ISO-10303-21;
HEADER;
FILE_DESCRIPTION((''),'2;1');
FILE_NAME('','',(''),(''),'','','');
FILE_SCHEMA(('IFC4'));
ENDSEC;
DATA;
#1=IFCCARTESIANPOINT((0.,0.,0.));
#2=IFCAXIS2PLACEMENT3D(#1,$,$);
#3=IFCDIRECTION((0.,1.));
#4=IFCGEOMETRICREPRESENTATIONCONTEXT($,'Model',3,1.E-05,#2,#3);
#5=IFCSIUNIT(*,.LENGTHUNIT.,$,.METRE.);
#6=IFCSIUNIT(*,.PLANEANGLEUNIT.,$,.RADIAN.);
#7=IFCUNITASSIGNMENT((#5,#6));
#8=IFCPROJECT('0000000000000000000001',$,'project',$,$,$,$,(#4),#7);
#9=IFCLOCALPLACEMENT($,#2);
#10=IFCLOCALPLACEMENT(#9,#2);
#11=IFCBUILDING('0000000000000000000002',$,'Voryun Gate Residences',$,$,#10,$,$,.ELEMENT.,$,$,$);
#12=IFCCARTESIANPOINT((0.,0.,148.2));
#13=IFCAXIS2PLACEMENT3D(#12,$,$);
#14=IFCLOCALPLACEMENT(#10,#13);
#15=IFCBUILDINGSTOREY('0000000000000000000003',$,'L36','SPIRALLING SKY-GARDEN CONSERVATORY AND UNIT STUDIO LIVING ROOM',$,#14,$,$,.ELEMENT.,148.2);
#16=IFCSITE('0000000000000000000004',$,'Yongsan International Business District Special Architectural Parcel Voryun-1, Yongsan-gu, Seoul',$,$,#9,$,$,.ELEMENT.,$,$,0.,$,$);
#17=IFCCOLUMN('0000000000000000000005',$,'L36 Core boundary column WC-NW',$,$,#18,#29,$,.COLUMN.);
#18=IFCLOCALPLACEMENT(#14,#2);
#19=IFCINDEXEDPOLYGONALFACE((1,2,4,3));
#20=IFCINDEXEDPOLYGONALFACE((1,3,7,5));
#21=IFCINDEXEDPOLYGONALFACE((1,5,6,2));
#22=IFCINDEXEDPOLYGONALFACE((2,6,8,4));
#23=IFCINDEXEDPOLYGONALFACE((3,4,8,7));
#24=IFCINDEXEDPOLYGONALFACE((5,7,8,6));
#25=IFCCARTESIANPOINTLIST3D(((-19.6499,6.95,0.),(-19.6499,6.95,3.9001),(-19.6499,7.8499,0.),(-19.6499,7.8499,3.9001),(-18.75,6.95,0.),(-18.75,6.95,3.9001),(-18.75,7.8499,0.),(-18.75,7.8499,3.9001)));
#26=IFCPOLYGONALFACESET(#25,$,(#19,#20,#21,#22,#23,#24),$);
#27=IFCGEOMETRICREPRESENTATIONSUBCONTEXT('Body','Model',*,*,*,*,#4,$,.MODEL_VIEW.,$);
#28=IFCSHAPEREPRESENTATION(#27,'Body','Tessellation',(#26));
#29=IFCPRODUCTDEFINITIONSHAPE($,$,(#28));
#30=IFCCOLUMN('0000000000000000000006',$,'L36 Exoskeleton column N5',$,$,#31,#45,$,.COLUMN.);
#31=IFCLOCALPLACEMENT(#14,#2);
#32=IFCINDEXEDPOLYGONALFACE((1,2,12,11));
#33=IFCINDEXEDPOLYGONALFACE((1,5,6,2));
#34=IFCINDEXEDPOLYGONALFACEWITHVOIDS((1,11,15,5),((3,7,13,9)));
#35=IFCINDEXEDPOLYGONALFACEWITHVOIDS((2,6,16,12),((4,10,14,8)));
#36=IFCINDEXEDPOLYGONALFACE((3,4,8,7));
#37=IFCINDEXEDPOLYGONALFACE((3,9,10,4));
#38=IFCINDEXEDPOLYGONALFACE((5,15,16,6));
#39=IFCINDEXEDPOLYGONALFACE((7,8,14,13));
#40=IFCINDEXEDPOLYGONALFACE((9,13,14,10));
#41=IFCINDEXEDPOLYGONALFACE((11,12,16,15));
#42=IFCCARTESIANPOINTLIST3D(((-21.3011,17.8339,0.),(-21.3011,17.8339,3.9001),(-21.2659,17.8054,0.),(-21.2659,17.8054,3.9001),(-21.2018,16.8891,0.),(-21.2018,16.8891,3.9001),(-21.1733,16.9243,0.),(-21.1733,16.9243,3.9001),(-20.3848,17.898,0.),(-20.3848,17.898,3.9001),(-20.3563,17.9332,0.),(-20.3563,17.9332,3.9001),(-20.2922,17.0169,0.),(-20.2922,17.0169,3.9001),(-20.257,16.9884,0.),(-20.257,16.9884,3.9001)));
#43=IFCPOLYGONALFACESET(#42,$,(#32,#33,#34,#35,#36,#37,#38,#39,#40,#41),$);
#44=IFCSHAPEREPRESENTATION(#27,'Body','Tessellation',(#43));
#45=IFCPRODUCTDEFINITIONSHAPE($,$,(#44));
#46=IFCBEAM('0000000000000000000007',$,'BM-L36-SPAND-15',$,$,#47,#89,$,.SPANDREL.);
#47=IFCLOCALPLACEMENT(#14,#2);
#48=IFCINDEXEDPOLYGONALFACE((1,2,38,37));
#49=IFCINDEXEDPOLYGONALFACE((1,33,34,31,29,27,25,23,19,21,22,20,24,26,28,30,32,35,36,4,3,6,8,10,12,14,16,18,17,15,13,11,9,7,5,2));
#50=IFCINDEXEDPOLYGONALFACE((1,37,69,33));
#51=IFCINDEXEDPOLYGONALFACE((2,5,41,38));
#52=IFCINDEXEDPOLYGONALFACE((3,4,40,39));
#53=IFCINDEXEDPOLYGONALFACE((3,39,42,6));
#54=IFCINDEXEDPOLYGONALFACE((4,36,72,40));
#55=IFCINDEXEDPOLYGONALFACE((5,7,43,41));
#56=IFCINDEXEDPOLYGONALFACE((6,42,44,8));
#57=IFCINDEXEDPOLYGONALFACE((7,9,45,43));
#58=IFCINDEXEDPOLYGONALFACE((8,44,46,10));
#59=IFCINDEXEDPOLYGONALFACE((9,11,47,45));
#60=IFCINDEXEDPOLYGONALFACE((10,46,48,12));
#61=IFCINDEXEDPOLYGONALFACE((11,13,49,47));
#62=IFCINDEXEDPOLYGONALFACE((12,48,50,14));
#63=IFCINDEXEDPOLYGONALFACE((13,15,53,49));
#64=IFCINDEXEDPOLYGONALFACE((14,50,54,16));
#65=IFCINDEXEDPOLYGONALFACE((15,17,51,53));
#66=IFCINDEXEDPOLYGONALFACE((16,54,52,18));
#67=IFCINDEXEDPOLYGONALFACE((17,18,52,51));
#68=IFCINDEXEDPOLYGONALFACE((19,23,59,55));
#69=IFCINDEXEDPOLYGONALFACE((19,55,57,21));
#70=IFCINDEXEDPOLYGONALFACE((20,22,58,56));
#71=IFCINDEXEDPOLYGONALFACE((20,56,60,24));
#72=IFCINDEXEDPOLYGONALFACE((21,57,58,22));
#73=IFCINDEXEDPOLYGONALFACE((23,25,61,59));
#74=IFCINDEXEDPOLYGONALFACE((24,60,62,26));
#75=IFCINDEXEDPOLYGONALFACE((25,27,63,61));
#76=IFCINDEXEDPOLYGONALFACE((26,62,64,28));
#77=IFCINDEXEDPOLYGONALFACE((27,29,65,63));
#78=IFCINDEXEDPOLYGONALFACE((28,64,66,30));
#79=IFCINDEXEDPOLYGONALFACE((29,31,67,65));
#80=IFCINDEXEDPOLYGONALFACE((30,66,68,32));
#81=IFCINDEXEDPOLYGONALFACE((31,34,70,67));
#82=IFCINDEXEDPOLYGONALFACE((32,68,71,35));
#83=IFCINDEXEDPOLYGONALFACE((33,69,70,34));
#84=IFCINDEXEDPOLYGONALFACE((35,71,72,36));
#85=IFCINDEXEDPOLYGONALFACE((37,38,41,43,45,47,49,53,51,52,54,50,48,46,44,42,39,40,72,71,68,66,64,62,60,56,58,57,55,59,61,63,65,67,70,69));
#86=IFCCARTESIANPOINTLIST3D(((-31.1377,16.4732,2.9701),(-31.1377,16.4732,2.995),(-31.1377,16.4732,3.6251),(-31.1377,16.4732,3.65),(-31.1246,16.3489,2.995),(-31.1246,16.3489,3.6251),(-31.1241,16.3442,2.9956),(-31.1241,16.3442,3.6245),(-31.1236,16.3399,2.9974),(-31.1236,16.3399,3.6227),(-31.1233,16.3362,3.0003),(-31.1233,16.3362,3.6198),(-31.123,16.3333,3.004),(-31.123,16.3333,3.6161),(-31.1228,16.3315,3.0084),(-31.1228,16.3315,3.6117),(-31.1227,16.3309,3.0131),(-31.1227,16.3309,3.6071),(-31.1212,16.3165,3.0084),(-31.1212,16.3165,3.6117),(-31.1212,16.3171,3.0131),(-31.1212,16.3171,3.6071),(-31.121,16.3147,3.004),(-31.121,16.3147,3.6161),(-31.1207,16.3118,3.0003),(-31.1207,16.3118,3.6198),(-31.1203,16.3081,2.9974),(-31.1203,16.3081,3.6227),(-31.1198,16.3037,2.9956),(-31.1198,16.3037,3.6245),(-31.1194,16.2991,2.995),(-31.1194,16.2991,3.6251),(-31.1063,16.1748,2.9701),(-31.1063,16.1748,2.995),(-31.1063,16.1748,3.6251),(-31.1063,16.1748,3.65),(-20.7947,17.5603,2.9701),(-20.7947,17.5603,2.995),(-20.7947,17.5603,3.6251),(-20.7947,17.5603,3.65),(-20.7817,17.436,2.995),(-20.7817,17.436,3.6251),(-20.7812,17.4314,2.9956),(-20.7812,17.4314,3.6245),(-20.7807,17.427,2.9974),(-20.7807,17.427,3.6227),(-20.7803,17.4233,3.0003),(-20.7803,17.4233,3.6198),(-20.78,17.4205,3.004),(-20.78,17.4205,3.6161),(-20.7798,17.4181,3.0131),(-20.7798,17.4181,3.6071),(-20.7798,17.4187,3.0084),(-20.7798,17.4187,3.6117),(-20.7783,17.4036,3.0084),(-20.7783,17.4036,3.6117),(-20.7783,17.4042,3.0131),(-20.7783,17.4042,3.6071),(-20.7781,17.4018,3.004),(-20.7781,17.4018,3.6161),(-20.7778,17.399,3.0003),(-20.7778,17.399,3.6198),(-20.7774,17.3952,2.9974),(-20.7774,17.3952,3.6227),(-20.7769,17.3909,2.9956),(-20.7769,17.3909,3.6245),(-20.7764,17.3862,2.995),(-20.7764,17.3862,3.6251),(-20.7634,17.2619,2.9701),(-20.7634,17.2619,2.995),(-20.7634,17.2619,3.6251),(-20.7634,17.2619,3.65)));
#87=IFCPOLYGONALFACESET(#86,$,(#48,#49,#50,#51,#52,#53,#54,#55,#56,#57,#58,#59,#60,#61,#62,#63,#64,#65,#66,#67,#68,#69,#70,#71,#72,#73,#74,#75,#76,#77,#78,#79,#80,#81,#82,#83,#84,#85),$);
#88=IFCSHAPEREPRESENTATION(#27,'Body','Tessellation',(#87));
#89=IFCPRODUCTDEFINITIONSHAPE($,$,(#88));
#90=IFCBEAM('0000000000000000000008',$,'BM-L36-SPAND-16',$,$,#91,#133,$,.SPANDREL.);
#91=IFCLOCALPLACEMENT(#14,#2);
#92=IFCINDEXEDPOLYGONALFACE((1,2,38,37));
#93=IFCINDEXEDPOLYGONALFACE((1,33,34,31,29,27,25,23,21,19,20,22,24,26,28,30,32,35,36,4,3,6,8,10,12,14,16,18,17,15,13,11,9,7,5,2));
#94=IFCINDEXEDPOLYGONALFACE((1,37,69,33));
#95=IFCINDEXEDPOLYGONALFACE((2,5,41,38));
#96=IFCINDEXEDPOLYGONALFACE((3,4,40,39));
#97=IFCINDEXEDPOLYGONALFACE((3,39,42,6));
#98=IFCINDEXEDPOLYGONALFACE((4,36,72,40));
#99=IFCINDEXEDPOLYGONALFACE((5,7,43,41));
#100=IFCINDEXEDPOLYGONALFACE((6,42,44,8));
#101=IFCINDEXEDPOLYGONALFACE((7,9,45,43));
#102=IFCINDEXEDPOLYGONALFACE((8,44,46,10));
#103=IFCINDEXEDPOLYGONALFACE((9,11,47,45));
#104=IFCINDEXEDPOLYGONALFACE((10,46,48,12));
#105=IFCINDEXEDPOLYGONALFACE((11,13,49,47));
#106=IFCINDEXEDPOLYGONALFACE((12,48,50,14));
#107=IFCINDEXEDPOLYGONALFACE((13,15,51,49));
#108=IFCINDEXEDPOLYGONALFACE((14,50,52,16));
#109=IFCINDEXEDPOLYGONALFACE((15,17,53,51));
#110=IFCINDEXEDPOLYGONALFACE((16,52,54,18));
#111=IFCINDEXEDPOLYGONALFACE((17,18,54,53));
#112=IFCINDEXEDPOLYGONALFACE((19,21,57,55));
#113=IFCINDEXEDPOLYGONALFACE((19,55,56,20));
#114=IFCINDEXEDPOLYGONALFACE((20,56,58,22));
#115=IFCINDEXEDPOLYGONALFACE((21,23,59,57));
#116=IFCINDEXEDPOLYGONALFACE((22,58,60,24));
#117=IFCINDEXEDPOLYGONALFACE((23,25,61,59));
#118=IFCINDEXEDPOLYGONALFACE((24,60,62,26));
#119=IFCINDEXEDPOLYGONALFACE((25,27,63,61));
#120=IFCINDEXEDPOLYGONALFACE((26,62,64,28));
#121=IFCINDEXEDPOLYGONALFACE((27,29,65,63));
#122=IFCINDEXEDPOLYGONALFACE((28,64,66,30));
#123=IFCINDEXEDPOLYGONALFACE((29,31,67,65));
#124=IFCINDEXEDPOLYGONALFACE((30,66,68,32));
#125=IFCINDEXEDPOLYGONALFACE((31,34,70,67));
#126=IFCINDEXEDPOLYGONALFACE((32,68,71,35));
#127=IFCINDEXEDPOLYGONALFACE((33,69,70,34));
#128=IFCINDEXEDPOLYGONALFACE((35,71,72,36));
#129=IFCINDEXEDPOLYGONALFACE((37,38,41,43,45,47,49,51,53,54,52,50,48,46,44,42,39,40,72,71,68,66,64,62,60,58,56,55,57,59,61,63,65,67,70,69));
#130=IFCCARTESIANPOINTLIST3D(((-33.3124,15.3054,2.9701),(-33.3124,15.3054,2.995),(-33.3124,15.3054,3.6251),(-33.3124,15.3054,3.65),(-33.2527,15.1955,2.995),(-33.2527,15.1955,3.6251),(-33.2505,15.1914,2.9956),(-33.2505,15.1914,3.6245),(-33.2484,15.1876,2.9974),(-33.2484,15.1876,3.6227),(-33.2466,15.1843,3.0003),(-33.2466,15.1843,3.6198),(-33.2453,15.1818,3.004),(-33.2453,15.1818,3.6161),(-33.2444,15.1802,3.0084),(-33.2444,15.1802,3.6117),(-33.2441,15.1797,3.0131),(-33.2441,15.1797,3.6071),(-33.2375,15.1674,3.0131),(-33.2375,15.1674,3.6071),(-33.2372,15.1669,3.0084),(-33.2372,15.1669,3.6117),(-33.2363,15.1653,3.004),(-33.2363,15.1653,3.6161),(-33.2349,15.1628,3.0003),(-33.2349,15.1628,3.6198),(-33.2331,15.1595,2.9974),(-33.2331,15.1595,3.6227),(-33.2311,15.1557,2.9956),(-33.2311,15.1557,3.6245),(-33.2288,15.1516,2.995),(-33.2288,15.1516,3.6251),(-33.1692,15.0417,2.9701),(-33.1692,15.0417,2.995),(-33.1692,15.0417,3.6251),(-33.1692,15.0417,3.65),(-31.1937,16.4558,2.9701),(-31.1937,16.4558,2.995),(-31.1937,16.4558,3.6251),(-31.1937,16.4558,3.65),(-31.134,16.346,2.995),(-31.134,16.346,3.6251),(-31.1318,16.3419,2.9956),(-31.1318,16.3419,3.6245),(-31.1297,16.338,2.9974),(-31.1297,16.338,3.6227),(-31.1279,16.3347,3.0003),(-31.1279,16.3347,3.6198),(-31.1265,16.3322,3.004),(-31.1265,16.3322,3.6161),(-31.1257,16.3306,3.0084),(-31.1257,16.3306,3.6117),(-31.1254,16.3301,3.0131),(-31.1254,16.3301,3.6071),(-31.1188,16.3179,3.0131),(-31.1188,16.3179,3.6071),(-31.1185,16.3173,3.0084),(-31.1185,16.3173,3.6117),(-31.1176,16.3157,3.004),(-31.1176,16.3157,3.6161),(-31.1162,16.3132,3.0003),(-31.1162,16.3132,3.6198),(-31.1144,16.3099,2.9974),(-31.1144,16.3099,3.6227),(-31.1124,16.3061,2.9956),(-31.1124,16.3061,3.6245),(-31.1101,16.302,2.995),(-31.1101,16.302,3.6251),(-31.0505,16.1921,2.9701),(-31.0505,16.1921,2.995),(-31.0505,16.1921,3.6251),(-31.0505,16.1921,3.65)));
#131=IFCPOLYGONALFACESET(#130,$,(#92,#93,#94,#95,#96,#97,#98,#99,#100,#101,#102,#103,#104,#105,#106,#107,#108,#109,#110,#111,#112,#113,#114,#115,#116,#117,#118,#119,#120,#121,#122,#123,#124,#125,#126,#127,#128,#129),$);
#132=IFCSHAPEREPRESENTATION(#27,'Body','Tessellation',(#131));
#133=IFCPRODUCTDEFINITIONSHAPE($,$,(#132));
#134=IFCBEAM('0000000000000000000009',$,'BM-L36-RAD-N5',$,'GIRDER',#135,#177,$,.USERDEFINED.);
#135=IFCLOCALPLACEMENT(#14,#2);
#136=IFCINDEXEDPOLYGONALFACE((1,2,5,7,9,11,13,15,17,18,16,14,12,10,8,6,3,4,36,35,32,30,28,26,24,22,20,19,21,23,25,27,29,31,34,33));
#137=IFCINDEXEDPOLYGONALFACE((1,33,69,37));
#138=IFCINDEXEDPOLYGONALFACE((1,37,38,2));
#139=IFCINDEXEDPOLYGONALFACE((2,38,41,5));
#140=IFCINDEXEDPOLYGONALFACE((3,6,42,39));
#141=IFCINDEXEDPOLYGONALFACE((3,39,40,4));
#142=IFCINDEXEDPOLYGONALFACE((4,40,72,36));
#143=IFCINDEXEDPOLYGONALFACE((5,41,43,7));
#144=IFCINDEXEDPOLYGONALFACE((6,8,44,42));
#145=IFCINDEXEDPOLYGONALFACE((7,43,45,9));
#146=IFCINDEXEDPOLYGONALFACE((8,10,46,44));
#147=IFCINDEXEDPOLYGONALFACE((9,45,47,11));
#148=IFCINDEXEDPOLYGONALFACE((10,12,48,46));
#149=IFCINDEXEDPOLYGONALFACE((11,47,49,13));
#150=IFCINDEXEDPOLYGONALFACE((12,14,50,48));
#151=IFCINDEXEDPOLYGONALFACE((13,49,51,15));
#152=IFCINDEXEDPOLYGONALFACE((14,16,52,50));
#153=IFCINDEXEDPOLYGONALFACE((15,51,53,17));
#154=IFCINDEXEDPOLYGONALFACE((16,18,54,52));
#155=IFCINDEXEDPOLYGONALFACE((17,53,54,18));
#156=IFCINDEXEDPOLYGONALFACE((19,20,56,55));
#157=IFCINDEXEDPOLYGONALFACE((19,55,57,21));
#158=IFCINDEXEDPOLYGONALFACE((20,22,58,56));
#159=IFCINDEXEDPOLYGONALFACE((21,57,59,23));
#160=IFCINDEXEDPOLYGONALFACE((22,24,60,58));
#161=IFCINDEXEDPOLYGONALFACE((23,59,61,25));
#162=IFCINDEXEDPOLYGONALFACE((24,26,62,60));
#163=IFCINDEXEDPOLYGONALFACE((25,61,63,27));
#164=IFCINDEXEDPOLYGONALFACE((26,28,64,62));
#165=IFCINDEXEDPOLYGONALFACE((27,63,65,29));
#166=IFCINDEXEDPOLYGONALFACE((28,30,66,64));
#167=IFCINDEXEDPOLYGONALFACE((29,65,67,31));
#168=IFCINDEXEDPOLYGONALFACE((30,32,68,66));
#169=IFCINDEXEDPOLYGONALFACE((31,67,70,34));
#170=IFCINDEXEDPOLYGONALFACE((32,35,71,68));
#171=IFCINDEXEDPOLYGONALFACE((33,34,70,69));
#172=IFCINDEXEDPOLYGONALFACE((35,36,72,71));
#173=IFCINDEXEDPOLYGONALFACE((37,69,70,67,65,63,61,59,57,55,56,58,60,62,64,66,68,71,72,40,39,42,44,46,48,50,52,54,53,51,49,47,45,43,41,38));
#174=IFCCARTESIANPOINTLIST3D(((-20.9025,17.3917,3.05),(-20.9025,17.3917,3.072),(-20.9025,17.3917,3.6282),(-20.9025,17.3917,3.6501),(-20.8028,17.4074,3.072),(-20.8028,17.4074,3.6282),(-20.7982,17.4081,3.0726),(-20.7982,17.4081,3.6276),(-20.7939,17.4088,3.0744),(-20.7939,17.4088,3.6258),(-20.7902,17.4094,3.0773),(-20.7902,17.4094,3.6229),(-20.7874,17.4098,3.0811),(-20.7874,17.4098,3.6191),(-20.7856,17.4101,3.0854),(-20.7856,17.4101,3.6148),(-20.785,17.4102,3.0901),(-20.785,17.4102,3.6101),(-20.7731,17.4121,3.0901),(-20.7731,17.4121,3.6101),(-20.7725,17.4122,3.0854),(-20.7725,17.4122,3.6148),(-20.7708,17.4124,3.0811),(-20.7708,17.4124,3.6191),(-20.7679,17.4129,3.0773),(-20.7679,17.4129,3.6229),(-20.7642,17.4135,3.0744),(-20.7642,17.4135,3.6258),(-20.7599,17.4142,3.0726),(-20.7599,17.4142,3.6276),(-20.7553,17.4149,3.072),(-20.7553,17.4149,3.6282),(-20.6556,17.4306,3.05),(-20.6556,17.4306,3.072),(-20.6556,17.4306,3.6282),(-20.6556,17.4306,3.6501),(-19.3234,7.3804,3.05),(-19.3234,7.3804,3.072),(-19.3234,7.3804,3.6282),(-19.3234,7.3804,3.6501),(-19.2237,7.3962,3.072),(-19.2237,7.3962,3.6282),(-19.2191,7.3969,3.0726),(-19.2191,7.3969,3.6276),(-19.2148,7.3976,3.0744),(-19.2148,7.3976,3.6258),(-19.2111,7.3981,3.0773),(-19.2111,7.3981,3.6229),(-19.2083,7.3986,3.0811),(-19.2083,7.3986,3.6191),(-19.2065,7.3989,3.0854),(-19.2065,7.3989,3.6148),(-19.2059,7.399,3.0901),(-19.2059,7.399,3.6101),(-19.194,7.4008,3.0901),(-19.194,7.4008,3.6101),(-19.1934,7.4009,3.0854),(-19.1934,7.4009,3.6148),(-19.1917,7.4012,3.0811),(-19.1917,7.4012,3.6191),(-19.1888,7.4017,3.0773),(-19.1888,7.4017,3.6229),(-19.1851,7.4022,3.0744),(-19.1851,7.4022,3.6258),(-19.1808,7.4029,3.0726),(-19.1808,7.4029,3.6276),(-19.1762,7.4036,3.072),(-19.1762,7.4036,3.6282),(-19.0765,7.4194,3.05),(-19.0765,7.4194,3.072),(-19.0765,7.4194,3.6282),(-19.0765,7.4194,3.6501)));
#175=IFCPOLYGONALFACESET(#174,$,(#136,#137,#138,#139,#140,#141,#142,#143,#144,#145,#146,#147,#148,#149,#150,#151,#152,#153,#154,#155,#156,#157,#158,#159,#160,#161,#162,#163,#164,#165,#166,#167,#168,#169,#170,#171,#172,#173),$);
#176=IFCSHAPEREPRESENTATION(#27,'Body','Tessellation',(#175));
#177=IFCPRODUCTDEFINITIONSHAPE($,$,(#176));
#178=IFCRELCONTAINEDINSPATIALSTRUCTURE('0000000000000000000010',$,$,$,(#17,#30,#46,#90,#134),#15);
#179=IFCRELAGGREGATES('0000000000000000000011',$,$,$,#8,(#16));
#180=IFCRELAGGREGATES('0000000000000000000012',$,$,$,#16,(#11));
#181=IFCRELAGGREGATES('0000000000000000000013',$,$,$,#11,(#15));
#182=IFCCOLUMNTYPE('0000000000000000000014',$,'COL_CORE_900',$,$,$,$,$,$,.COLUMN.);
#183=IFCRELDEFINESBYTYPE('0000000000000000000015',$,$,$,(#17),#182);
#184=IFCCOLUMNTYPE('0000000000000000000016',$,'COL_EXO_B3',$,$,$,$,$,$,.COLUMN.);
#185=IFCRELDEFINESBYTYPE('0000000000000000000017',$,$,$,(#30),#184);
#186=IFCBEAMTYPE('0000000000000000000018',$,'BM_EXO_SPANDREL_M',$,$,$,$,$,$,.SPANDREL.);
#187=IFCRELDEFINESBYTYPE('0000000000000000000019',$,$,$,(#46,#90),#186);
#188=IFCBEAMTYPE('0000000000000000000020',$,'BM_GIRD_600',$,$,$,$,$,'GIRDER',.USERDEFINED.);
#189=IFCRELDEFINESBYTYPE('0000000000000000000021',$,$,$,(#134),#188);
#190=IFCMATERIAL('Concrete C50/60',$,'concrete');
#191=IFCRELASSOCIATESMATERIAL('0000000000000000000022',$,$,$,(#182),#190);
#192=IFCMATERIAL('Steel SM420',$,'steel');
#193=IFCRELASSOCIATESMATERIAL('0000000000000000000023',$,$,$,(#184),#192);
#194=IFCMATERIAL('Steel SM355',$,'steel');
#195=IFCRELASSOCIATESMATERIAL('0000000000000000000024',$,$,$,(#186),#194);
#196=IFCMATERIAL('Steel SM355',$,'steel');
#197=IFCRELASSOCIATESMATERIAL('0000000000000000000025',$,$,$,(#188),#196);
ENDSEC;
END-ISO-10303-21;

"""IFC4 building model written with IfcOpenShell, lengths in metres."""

from ifc_helpers import new_model, si_unit, direction, frame, origin, origin_2d, place, context, subcontext, project, spatial, rectangle, hollow_rectangle, i_section, extrude, material, material_profile, profile_set, type_object, element, save


model = new_model("IFC4")

# Units and contexts
model_context = context("Model", 3, precision=1e-05, world=origin(), true_north=direction((0.0, 1.0)))
body_context = subcontext(model_context, "Body", "Model", "MODEL_VIEW")
ifc_project = project(units=[si_unit("LENGTHUNIT", "METRE"), si_unit("PLANEANGLEUNIT", "RADIAN")], contexts=[model_context])

# Site, building, storey
site_placement = place(None, origin())
site = spatial("IfcSite", under=ifc_project, at=site_placement, Name="Yongsan International Business District Special Architectural Parcel Voryun-1, Yongsan-gu, Seoul", CompositionType="ELEMENT", RefElevation=0.0)
building_placement = place(site_placement, origin())
building = spatial("IfcBuilding", under=site, at=building_placement, Name="Voryun Gate Residences", CompositionType="ELEMENT")
storey_placement = place(building_placement, frame((0.0, 0.0, 148.2)))
storey = spatial("IfcBuildingStorey", under=building, at=storey_placement, Name="L36", Description="SPIRALLING SKY-GARDEN CONSERVATORY AND UNIT STUDIO LIVING ROOM", CompositionType="ELEMENT", Elevation=148.2)

# Columns
ifc_material_1 = material(Name="Concrete C50/60", Category="concrete")
ifc_material_profile_1 = material_profile(ifc_material_1, rectangle(XDim=0.8999, YDim=0.8999, at=origin_2d()), Name="RC-900x900")
ifc_profile_set_1 = profile_set([ifc_material_profile_1], Name="Concrete C50/60")
column_type_1 = type_object("IfcColumnType", Name="COL_CORE_900", PredefinedType="COLUMN", material=ifc_profile_set_1)
column_1_placement = place(storey_placement, frame((-19.2, 7.3999, 0.0), z_axis=(0.0, 0.0, 1.0), x_axis=(1.0, 0.0, 0.0)))
element("IfcColumn", 1, at=column_1_placement, inside=storey, type_object=column_type_1, Name="L36 Core boundary column WC-NW", PredefinedType="COLUMN", context=body_context, shape_type="SweptSolid", body=[
    extrude(rectangle(XDim=0.8999, YDim=0.8999, at=origin_2d()), origin(), (0.0, 0.0, 1.0), 3.9001),
])
ifc_material_2 = material(Name="Steel SM420", Category="steel")
ifc_material_profile_2 = material_profile(ifc_material_2, hollow_rectangle(XDim=0.95, YDim=0.95, WallThickness=0.032, at=origin_2d()), Name="BOX-950x950x32")
ifc_profile_set_2 = profile_set([ifc_material_profile_2], Name="Steel SM420")
column_type_2 = type_object("IfcColumnType", Name="COL_EXO_B3", PredefinedType="COLUMN", material=ifc_profile_set_2)
column_2_placement = place(storey_placement, frame((-20.7791, 17.4111, 0.0), z_axis=(0.0, 0.0, 1.0), x_axis=(0.994522, 0.104528, 0.0)))
element("IfcColumn", 2, at=column_2_placement, inside=storey, type_object=column_type_2, Name="L36 Exoskeleton column N5", PredefinedType="COLUMN", context=body_context, shape_type="SweptSolid", body=[
    extrude(hollow_rectangle(XDim=0.95, YDim=0.95, WallThickness=0.032, at=origin_2d()), origin(), (0.0, 0.0, 1.0), 3.9001),
])

# Beams
ifc_material_3 = material(Name="Steel SM355", Category="steel")
ifc_material_profile_3 = material_profile(ifc_material_3, i_section(OverallWidth=0.3, OverallDepth=0.6799, WebThickness=0.0139, FlangeThickness=0.0249, FilletRadius=0.0181, at=origin_2d()), Name="H-680x300x14x25")
ifc_profile_set_3 = profile_set([ifc_material_profile_3], Name="Steel SM355")
beam_type_1 = type_object("IfcBeamType", Name="BM_EXO_SPANDREL_M", PredefinedType="SPANDREL", material=ifc_profile_set_3)
beam_1_placement = place(storey_placement, frame((-20.7791, 17.4111, 3.3101), z_axis=(-0.994521, -0.104534, 0.0), x_axis=(0.104534, -0.994521, 0.0)))
element("IfcBeam", 3, at=beam_1_placement, inside=storey, type_object=beam_type_1, Name="BM-L36-SPAND-15", PredefinedType="SPANDREL", context=body_context, shape_type="SweptSolid", body=[
    extrude(i_section(OverallWidth=0.3, OverallDepth=0.6799, WebThickness=0.0139, FlangeThickness=0.0249, FilletRadius=0.0181, at=origin_2d()), origin(), (0.0, 0.0, 1.0), 10.3999),
])
beam_2_placement = place(storey_placement, frame((-31.1221, 16.324, 3.3101), z_axis=(-0.878807, -0.477177, 0.0), x_axis=(0.477177, -0.878807, 0.0)))
element("IfcBeam", 4, at=beam_2_placement, inside=storey, type_object=beam_type_1, Name="BM-L36-SPAND-16", PredefinedType="SPANDREL", context=body_context, shape_type="SweptSolid", body=[
    extrude(i_section(OverallWidth=0.3, OverallDepth=0.6799, WebThickness=0.0139, FlangeThickness=0.0249, FilletRadius=0.0181, at=origin_2d()), origin(), (0.0, 0.0, 1.0), 2.4109),
])
ifc_material_4 = material(Name="Steel SM355", Category="steel")
ifc_material_profile_4 = material_profile(ifc_material_4, i_section(OverallWidth=0.25, OverallDepth=0.6001, WebThickness=0.012, FlangeThickness=0.022, FilletRadius=0.0181, at=origin_2d()), Name="H-600x250x12x22")
ifc_profile_set_4 = profile_set([ifc_material_profile_4], Name="Steel SM355")
beam_type_2 = type_object("IfcBeamType", Name="BM_GIRD_600", ElementType="GIRDER", PredefinedType="USERDEFINED", material=ifc_profile_set_4)
beam_3_placement = place(storey_placement, frame((-19.2, 7.3999, 3.3501), z_axis=(-0.155807, 0.987788, 0.0), x_axis=(-0.987788, -0.155807, 0.0)))
element("IfcBeam", 5, at=beam_3_placement, inside=storey, type_object=beam_type_2, Name="BM-L36-RAD-N5", ObjectType="GIRDER", PredefinedType="USERDEFINED", context=body_context, shape_type="SweptSolid", body=[
    extrude(i_section(OverallWidth=0.25, OverallDepth=0.6001, WebThickness=0.012, FlangeThickness=0.022, FilletRadius=0.0181, at=origin_2d()), origin(), (0.0, 0.0, 1.0), 10.135),
])

save(model, "model.ifc")
